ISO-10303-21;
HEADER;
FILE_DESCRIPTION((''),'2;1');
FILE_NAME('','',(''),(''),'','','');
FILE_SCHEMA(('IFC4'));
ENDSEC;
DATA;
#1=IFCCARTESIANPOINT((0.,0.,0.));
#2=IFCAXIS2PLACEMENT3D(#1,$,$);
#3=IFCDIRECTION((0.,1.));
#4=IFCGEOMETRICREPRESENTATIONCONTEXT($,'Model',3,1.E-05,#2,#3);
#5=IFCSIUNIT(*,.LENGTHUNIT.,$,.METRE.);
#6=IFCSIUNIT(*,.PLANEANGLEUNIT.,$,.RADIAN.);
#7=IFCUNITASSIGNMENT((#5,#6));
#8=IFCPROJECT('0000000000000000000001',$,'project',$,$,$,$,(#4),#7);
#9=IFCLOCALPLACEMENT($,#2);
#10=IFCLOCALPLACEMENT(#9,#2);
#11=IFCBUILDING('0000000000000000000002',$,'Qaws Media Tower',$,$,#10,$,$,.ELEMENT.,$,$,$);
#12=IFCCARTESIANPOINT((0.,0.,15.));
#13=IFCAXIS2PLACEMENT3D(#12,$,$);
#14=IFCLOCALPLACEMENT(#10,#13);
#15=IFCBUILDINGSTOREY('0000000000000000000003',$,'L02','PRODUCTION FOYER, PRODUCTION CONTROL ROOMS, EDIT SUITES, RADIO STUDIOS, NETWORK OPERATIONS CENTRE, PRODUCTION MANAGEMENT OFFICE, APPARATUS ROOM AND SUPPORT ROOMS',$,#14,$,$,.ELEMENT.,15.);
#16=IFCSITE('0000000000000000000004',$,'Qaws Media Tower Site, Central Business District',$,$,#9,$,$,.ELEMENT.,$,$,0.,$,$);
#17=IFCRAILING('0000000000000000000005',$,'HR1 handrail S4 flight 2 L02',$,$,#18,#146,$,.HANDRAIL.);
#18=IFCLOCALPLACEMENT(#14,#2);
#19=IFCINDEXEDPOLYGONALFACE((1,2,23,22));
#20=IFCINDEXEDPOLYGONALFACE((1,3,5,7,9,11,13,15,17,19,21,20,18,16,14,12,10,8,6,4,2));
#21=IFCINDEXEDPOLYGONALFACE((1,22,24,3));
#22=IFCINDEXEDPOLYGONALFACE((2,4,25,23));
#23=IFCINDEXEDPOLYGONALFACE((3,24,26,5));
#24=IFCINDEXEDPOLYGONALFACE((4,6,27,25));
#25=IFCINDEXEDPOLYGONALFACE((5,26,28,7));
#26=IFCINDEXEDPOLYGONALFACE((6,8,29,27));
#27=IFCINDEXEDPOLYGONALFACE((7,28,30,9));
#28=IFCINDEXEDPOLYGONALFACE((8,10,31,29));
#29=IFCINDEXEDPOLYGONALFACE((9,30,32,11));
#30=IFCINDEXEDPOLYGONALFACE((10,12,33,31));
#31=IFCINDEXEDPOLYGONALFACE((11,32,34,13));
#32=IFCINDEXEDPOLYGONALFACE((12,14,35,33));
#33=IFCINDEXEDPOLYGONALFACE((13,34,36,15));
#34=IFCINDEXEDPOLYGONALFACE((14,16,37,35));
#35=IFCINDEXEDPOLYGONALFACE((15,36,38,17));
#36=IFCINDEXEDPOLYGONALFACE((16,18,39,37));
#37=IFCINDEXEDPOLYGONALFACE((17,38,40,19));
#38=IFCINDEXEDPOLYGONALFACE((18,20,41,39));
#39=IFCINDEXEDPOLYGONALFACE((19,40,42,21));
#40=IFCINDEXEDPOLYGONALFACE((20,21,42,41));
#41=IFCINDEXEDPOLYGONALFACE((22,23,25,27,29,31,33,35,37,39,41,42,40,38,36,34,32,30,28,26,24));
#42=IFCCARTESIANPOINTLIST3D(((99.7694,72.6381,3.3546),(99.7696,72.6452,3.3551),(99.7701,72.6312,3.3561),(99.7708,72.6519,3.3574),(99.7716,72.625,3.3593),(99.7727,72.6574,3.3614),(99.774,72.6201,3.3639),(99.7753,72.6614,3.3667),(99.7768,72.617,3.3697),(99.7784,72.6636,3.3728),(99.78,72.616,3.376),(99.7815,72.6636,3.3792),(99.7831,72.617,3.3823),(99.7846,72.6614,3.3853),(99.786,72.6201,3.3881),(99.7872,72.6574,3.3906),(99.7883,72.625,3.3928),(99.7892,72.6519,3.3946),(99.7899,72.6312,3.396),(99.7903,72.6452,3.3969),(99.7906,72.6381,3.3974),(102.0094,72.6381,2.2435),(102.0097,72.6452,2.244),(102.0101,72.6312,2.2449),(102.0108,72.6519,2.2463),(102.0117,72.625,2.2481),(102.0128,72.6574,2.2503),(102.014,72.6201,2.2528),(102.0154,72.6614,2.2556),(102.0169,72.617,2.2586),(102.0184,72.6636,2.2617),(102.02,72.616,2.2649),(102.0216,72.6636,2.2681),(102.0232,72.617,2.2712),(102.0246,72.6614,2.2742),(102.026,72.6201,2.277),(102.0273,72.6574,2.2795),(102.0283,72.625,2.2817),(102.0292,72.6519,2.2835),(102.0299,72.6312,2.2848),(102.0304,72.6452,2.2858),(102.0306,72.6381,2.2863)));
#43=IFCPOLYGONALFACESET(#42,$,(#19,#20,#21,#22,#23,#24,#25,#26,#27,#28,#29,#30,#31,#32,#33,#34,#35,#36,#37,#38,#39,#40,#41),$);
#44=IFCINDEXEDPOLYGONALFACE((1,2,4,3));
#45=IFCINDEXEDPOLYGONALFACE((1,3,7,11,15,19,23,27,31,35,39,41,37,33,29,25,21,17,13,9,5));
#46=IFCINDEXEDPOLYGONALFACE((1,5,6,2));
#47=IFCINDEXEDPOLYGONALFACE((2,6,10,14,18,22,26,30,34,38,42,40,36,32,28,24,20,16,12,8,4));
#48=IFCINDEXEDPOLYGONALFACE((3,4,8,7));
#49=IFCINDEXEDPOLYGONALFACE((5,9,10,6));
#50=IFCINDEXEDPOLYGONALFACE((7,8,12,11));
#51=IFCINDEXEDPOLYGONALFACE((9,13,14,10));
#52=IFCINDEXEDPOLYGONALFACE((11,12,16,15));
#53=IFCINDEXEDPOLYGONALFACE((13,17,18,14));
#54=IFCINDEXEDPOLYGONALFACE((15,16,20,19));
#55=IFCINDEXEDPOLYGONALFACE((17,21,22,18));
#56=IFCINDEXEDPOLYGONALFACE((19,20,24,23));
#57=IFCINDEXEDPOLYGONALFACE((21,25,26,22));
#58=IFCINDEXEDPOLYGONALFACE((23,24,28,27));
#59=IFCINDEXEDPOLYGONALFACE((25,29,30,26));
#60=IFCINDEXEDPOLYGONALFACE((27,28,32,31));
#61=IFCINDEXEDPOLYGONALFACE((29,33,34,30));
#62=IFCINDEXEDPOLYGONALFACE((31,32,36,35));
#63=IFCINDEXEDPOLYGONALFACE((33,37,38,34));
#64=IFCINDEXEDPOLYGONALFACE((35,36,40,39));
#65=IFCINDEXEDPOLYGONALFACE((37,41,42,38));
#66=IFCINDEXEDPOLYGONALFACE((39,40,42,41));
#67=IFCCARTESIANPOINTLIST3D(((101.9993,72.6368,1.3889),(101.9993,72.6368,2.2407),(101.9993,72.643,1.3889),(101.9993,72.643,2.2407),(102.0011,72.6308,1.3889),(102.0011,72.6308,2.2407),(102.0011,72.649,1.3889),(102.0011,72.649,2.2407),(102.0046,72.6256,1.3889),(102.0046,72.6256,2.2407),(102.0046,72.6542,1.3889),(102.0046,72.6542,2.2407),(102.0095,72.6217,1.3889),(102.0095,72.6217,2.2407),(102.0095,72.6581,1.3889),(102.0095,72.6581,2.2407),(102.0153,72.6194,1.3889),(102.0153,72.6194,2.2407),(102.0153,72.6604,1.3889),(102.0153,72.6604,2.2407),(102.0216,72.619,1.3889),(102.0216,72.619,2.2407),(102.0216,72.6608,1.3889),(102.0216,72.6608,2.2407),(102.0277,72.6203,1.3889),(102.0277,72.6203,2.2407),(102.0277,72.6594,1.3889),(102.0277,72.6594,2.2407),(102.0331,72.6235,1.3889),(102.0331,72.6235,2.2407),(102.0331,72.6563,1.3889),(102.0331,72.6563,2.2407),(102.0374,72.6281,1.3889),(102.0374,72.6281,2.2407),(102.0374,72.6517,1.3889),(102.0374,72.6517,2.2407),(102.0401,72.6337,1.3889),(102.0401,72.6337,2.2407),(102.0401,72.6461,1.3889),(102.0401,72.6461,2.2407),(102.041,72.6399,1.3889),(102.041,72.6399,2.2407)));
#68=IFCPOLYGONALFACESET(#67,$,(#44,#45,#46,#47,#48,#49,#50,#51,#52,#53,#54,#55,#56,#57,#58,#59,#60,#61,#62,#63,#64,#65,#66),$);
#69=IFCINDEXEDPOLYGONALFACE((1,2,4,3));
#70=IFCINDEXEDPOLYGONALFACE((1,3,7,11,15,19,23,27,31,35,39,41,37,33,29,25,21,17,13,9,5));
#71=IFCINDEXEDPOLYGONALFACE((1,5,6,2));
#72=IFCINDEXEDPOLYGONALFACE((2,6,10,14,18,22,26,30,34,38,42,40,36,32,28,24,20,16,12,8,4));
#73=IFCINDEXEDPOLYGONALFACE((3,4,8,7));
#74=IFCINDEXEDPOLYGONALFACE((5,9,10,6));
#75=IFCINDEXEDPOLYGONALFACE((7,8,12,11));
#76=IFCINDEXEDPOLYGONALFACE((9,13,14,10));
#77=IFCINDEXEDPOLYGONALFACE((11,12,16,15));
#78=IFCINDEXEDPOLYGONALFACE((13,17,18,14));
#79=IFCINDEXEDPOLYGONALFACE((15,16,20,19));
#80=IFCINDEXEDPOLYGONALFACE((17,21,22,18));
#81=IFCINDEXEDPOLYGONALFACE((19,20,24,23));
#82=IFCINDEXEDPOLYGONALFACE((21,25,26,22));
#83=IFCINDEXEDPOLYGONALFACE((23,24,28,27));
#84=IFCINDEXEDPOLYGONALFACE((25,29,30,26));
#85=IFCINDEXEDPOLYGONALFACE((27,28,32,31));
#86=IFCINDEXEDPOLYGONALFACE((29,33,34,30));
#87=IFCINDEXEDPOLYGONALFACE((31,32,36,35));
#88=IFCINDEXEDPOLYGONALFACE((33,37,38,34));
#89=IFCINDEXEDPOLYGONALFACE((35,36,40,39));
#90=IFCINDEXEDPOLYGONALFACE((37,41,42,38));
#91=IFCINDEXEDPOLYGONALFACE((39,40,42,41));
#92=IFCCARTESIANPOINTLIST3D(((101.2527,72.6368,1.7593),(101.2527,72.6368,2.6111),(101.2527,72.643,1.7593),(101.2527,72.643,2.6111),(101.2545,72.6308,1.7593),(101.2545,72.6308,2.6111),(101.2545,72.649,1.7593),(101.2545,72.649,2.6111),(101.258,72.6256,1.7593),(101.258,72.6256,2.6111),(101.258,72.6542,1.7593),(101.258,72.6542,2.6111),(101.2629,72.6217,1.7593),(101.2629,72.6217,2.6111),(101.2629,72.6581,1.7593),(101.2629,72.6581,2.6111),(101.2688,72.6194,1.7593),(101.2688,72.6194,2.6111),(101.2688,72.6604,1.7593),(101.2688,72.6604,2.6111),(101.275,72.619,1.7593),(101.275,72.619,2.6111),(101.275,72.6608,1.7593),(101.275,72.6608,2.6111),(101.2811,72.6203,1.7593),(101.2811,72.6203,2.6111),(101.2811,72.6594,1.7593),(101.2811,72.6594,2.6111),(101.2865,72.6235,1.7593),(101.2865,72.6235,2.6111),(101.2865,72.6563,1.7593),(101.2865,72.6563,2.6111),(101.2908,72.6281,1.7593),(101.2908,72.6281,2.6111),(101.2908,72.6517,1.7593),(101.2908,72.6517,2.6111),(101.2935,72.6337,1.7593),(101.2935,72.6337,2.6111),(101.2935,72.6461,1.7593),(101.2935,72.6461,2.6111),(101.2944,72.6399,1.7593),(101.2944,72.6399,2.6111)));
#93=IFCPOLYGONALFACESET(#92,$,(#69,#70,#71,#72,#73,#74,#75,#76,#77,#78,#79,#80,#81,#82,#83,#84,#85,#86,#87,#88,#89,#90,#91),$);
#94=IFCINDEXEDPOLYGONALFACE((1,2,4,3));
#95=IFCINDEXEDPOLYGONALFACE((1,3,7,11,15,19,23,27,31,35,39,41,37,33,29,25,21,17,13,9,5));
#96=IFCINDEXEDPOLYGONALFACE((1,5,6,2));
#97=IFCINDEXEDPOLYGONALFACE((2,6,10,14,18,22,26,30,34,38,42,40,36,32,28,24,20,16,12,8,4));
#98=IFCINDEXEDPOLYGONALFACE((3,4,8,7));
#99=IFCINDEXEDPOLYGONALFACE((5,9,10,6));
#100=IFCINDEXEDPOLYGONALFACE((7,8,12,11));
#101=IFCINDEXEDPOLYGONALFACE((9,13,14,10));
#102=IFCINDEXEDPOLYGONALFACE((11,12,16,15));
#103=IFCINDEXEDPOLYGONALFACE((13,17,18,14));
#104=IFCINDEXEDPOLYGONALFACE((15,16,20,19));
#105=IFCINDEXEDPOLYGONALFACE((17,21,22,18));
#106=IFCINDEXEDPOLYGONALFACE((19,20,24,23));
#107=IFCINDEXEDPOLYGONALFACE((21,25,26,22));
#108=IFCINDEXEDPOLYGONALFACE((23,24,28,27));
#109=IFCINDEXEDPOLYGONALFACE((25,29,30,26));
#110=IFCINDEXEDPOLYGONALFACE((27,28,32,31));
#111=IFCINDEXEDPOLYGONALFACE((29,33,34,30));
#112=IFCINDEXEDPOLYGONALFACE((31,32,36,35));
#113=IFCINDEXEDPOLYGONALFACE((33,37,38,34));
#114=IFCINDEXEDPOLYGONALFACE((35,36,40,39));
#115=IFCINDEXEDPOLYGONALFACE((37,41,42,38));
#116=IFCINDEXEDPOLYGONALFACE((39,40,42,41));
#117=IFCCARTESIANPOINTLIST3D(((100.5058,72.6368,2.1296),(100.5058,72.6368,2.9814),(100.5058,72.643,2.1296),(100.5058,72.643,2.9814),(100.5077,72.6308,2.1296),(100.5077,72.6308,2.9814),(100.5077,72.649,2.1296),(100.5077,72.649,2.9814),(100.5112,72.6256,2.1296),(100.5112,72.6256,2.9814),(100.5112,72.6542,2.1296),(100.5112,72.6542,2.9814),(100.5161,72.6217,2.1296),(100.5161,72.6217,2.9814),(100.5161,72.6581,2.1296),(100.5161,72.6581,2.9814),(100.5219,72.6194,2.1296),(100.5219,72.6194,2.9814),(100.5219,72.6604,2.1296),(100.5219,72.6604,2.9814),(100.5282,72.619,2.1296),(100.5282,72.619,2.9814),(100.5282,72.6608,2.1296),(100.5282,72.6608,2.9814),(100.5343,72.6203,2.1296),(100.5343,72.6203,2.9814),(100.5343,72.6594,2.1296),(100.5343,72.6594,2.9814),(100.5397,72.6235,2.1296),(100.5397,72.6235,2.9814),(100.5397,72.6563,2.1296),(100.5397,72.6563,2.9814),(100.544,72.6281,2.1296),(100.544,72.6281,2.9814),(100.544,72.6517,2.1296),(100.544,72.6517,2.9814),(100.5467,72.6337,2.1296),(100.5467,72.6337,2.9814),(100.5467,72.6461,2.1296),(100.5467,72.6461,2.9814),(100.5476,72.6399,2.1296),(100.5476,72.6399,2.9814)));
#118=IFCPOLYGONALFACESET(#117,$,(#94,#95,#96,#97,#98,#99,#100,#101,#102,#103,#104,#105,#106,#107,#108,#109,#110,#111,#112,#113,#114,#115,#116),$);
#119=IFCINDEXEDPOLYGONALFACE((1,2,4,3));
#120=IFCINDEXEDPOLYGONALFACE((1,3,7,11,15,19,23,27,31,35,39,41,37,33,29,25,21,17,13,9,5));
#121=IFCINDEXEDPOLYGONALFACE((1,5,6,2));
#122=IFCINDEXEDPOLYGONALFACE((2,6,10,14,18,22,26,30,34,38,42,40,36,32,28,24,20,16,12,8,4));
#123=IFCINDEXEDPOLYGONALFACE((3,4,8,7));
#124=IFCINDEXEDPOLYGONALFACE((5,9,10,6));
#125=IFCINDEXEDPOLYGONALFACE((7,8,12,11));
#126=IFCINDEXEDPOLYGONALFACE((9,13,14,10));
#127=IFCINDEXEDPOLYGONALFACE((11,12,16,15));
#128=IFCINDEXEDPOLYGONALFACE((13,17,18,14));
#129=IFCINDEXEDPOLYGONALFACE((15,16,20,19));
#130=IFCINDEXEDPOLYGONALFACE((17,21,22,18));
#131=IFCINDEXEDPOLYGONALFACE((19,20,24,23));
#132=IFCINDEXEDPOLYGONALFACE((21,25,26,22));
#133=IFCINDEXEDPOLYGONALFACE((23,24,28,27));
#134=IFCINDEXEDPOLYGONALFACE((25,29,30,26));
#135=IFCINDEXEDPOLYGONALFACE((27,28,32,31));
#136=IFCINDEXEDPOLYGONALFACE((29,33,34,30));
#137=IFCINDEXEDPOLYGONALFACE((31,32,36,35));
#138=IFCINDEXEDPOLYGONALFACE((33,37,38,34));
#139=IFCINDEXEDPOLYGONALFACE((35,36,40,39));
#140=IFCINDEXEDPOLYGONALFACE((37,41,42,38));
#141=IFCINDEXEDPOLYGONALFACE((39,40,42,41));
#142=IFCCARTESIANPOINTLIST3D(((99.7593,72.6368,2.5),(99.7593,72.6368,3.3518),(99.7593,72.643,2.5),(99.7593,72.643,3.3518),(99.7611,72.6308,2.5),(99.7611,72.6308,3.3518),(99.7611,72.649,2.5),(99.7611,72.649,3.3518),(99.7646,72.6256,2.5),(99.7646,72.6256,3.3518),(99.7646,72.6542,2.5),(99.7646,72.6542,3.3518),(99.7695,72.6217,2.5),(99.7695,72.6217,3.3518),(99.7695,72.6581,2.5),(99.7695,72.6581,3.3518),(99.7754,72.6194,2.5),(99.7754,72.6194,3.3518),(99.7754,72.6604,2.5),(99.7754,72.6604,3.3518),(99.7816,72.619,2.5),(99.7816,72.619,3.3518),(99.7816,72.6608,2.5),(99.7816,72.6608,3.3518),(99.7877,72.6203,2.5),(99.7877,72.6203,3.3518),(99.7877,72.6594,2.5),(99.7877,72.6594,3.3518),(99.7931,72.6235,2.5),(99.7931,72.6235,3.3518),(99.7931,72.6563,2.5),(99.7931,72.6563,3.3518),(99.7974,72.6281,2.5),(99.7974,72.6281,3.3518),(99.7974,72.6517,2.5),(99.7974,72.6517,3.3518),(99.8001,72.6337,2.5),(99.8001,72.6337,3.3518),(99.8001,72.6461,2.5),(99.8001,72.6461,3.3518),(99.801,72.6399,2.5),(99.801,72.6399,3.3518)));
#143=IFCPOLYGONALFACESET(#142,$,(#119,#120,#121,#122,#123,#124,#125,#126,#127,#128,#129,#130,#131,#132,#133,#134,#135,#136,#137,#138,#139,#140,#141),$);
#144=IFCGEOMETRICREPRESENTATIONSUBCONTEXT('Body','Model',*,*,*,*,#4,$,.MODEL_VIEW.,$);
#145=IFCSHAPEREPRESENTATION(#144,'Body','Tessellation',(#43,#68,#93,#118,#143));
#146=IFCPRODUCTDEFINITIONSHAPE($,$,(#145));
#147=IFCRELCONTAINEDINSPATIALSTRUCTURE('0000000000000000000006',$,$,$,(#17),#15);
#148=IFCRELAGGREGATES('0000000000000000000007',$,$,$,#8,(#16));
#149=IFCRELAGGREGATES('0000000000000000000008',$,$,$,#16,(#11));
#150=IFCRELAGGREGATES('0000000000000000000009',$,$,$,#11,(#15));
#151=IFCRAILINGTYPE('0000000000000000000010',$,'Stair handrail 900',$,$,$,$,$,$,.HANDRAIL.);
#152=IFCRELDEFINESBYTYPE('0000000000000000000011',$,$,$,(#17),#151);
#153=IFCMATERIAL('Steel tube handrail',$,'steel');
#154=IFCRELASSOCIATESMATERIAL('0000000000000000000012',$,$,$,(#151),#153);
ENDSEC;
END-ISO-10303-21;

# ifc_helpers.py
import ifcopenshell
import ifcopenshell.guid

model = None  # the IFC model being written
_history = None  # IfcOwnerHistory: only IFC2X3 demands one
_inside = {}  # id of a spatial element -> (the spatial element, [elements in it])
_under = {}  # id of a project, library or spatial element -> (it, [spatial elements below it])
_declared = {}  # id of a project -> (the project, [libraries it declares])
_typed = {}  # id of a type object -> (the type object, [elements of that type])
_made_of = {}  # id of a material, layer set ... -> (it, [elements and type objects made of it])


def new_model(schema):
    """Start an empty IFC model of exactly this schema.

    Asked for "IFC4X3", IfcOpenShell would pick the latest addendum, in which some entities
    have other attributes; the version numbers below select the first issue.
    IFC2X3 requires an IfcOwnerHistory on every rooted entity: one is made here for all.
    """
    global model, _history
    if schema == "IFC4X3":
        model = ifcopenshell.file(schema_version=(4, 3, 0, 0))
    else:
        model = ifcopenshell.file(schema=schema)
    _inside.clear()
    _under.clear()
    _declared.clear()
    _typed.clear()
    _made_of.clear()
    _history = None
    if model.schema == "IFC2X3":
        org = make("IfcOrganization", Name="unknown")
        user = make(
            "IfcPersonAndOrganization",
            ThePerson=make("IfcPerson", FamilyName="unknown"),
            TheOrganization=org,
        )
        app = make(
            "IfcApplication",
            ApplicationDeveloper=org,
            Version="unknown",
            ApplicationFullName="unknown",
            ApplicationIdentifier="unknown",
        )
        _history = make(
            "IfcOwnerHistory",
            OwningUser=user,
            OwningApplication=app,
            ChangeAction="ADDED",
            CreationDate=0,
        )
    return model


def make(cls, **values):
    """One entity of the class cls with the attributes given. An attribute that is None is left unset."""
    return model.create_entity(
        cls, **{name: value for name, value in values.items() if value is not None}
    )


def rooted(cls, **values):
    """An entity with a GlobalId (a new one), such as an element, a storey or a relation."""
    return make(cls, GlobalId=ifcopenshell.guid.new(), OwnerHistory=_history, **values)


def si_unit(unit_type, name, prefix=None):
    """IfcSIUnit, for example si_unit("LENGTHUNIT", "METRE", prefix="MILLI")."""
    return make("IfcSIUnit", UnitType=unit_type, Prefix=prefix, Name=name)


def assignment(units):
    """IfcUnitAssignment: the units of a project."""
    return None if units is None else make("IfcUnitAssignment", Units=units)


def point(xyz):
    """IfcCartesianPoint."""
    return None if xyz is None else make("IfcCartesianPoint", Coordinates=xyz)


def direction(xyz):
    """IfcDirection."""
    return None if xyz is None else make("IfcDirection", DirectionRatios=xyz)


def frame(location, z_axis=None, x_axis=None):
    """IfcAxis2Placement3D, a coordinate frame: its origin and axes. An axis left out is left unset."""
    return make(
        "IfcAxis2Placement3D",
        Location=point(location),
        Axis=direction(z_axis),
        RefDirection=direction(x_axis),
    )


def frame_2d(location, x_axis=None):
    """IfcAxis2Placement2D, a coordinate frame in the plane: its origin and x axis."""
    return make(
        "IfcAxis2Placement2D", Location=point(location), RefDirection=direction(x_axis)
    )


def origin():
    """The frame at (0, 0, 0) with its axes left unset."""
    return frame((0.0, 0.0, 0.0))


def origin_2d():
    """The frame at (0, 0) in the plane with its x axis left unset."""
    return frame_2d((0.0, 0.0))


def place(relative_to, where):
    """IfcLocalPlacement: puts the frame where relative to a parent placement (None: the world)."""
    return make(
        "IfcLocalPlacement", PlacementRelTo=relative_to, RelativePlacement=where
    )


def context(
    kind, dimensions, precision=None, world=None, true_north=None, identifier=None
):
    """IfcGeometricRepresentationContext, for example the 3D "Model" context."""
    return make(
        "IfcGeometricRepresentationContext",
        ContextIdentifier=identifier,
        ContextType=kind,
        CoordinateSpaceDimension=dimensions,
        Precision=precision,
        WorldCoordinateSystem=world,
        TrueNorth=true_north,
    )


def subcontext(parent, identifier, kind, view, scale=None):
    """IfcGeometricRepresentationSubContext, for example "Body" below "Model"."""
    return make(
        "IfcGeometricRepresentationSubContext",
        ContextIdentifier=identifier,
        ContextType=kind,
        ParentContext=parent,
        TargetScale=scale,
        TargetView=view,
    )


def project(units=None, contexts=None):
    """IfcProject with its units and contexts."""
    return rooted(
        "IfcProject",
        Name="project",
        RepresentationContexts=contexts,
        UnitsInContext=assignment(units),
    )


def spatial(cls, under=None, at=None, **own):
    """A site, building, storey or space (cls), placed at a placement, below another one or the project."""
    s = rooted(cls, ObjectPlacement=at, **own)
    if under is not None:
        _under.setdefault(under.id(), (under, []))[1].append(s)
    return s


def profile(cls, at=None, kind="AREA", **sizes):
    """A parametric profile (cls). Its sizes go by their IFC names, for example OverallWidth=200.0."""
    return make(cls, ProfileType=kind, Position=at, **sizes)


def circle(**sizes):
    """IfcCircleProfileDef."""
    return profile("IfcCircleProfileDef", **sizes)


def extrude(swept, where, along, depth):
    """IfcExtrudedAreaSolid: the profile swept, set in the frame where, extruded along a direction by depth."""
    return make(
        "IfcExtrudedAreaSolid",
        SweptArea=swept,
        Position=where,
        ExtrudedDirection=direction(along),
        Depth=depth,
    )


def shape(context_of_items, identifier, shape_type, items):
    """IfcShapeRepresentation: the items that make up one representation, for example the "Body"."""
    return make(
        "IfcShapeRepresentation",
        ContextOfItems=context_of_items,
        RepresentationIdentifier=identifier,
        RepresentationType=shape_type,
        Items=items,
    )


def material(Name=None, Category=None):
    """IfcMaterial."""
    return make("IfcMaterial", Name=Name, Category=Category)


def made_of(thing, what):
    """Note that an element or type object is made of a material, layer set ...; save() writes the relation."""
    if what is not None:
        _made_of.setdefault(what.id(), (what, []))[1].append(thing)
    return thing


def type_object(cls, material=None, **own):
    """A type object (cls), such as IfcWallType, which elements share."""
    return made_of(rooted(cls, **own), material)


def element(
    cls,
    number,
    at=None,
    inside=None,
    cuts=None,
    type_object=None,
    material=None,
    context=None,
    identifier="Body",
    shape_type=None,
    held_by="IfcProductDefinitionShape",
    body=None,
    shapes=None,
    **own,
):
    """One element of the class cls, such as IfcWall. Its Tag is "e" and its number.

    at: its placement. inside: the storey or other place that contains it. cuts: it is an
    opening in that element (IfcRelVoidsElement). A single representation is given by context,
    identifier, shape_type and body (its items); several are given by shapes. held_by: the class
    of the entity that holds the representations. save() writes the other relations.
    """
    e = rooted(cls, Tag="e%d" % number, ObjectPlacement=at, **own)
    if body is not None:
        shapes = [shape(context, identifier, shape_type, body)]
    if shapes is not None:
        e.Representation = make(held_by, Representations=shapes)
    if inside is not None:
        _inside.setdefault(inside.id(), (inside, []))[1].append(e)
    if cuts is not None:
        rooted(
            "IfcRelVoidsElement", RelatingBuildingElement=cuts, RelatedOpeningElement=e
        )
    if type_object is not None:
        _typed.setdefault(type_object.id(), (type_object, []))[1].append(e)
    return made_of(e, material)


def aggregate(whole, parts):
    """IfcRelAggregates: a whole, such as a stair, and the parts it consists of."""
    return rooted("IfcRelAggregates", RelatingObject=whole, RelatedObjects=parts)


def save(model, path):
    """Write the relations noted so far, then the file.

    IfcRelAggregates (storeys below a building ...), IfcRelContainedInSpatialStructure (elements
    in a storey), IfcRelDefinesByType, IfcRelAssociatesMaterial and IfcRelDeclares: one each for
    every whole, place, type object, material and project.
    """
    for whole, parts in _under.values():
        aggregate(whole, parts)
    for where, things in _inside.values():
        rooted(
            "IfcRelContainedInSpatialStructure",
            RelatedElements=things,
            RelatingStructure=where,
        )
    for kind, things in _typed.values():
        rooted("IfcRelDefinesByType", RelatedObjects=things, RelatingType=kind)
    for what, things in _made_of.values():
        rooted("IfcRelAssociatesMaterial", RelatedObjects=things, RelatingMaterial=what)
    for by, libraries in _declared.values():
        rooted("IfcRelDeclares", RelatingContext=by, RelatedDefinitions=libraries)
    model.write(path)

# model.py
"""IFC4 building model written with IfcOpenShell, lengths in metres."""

from ifc_helpers import new_model, si_unit, direction, frame, origin, origin_2d, place, context, subcontext, project, spatial, circle, extrude, material, type_object, element, save


model = new_model("IFC4")

# Units and contexts
model_context = context("Model", 3, precision=1e-05, world=origin(), true_north=direction((0.0, 1.0)))
body_context = subcontext(model_context, "Body", "Model", "MODEL_VIEW")
ifc_project = project(units=[si_unit("LENGTHUNIT", "METRE"), si_unit("PLANEANGLEUNIT", "RADIAN")], contexts=[model_context])

# Site, building, storey
site_placement = place(None, origin())
site = spatial("IfcSite", under=ifc_project, at=site_placement, Name="Qaws Media Tower Site, Central Business District", CompositionType="ELEMENT", RefElevation=0.0)
building_placement = place(site_placement, origin())
building = spatial("IfcBuilding", under=site, at=building_placement, Name="Qaws Media Tower", CompositionType="ELEMENT")
storey_placement = place(building_placement, frame((0.0, 0.0, 15.0)))
storey = spatial("IfcBuildingStorey", under=building, at=storey_placement, Name="L02", Description="PRODUCTION FOYER, PRODUCTION CONTROL ROOMS, EDIT SUITES, RADIO STUDIOS, NETWORK OPERATIONS CENTRE, PRODUCTION MANAGEMENT OFFICE, APPARATUS ROOM AND SUPPORT ROOMS", CompositionType="ELEMENT", Elevation=15.0)

# Railing
ifc_material_1 = material(Name="Steel tube handrail", Category="steel")
railing_type = type_object("IfcRailingType", Name="Stair handrail 900", PredefinedType="HANDRAIL", material=ifc_material_1)
for number, where, name in (
    (1, (102.02, 72.6399, 1.3889), "HR1 handrail S4 flight 2 L02"),
):
    element("IfcRailing", number, at=place(storey_placement, frame(where)), inside=storey, type_object=railing_type, Name=name, PredefinedType="HANDRAIL", context=body_context, shape_type="SweptSolid", body=[
        extrude(circle(Radius=0.0239, at=origin_2d()), frame((0.0, 0.0, 0.876), z_axis=(-0.895848, 0.0, 0.44436), x_axis=(0.0, -1.0, 0.0)), (0.0, 0.0, 1.0), 2.5005),
        extrude(circle(Radius=0.021, at=origin_2d()), origin(), (0.0, 0.0, 1.0), 0.8518),
        extrude(circle(Radius=0.021, at=origin_2d()), frame((-0.7466, 0.0, 0.3704)), (0.0, 0.0, 1.0), 0.8518),
        extrude(circle(Radius=0.021, at=origin_2d()), frame((-1.4934, 0.0, 0.7407)), (0.0, 0.0, 1.0), 0.8518),
        extrude(circle(Radius=0.021, at=origin_2d()), frame((-2.24, 0.0, 1.1111)), (0.0, 0.0, 1.0), 0.8518),
    ])

save(model, "model.ifc")
